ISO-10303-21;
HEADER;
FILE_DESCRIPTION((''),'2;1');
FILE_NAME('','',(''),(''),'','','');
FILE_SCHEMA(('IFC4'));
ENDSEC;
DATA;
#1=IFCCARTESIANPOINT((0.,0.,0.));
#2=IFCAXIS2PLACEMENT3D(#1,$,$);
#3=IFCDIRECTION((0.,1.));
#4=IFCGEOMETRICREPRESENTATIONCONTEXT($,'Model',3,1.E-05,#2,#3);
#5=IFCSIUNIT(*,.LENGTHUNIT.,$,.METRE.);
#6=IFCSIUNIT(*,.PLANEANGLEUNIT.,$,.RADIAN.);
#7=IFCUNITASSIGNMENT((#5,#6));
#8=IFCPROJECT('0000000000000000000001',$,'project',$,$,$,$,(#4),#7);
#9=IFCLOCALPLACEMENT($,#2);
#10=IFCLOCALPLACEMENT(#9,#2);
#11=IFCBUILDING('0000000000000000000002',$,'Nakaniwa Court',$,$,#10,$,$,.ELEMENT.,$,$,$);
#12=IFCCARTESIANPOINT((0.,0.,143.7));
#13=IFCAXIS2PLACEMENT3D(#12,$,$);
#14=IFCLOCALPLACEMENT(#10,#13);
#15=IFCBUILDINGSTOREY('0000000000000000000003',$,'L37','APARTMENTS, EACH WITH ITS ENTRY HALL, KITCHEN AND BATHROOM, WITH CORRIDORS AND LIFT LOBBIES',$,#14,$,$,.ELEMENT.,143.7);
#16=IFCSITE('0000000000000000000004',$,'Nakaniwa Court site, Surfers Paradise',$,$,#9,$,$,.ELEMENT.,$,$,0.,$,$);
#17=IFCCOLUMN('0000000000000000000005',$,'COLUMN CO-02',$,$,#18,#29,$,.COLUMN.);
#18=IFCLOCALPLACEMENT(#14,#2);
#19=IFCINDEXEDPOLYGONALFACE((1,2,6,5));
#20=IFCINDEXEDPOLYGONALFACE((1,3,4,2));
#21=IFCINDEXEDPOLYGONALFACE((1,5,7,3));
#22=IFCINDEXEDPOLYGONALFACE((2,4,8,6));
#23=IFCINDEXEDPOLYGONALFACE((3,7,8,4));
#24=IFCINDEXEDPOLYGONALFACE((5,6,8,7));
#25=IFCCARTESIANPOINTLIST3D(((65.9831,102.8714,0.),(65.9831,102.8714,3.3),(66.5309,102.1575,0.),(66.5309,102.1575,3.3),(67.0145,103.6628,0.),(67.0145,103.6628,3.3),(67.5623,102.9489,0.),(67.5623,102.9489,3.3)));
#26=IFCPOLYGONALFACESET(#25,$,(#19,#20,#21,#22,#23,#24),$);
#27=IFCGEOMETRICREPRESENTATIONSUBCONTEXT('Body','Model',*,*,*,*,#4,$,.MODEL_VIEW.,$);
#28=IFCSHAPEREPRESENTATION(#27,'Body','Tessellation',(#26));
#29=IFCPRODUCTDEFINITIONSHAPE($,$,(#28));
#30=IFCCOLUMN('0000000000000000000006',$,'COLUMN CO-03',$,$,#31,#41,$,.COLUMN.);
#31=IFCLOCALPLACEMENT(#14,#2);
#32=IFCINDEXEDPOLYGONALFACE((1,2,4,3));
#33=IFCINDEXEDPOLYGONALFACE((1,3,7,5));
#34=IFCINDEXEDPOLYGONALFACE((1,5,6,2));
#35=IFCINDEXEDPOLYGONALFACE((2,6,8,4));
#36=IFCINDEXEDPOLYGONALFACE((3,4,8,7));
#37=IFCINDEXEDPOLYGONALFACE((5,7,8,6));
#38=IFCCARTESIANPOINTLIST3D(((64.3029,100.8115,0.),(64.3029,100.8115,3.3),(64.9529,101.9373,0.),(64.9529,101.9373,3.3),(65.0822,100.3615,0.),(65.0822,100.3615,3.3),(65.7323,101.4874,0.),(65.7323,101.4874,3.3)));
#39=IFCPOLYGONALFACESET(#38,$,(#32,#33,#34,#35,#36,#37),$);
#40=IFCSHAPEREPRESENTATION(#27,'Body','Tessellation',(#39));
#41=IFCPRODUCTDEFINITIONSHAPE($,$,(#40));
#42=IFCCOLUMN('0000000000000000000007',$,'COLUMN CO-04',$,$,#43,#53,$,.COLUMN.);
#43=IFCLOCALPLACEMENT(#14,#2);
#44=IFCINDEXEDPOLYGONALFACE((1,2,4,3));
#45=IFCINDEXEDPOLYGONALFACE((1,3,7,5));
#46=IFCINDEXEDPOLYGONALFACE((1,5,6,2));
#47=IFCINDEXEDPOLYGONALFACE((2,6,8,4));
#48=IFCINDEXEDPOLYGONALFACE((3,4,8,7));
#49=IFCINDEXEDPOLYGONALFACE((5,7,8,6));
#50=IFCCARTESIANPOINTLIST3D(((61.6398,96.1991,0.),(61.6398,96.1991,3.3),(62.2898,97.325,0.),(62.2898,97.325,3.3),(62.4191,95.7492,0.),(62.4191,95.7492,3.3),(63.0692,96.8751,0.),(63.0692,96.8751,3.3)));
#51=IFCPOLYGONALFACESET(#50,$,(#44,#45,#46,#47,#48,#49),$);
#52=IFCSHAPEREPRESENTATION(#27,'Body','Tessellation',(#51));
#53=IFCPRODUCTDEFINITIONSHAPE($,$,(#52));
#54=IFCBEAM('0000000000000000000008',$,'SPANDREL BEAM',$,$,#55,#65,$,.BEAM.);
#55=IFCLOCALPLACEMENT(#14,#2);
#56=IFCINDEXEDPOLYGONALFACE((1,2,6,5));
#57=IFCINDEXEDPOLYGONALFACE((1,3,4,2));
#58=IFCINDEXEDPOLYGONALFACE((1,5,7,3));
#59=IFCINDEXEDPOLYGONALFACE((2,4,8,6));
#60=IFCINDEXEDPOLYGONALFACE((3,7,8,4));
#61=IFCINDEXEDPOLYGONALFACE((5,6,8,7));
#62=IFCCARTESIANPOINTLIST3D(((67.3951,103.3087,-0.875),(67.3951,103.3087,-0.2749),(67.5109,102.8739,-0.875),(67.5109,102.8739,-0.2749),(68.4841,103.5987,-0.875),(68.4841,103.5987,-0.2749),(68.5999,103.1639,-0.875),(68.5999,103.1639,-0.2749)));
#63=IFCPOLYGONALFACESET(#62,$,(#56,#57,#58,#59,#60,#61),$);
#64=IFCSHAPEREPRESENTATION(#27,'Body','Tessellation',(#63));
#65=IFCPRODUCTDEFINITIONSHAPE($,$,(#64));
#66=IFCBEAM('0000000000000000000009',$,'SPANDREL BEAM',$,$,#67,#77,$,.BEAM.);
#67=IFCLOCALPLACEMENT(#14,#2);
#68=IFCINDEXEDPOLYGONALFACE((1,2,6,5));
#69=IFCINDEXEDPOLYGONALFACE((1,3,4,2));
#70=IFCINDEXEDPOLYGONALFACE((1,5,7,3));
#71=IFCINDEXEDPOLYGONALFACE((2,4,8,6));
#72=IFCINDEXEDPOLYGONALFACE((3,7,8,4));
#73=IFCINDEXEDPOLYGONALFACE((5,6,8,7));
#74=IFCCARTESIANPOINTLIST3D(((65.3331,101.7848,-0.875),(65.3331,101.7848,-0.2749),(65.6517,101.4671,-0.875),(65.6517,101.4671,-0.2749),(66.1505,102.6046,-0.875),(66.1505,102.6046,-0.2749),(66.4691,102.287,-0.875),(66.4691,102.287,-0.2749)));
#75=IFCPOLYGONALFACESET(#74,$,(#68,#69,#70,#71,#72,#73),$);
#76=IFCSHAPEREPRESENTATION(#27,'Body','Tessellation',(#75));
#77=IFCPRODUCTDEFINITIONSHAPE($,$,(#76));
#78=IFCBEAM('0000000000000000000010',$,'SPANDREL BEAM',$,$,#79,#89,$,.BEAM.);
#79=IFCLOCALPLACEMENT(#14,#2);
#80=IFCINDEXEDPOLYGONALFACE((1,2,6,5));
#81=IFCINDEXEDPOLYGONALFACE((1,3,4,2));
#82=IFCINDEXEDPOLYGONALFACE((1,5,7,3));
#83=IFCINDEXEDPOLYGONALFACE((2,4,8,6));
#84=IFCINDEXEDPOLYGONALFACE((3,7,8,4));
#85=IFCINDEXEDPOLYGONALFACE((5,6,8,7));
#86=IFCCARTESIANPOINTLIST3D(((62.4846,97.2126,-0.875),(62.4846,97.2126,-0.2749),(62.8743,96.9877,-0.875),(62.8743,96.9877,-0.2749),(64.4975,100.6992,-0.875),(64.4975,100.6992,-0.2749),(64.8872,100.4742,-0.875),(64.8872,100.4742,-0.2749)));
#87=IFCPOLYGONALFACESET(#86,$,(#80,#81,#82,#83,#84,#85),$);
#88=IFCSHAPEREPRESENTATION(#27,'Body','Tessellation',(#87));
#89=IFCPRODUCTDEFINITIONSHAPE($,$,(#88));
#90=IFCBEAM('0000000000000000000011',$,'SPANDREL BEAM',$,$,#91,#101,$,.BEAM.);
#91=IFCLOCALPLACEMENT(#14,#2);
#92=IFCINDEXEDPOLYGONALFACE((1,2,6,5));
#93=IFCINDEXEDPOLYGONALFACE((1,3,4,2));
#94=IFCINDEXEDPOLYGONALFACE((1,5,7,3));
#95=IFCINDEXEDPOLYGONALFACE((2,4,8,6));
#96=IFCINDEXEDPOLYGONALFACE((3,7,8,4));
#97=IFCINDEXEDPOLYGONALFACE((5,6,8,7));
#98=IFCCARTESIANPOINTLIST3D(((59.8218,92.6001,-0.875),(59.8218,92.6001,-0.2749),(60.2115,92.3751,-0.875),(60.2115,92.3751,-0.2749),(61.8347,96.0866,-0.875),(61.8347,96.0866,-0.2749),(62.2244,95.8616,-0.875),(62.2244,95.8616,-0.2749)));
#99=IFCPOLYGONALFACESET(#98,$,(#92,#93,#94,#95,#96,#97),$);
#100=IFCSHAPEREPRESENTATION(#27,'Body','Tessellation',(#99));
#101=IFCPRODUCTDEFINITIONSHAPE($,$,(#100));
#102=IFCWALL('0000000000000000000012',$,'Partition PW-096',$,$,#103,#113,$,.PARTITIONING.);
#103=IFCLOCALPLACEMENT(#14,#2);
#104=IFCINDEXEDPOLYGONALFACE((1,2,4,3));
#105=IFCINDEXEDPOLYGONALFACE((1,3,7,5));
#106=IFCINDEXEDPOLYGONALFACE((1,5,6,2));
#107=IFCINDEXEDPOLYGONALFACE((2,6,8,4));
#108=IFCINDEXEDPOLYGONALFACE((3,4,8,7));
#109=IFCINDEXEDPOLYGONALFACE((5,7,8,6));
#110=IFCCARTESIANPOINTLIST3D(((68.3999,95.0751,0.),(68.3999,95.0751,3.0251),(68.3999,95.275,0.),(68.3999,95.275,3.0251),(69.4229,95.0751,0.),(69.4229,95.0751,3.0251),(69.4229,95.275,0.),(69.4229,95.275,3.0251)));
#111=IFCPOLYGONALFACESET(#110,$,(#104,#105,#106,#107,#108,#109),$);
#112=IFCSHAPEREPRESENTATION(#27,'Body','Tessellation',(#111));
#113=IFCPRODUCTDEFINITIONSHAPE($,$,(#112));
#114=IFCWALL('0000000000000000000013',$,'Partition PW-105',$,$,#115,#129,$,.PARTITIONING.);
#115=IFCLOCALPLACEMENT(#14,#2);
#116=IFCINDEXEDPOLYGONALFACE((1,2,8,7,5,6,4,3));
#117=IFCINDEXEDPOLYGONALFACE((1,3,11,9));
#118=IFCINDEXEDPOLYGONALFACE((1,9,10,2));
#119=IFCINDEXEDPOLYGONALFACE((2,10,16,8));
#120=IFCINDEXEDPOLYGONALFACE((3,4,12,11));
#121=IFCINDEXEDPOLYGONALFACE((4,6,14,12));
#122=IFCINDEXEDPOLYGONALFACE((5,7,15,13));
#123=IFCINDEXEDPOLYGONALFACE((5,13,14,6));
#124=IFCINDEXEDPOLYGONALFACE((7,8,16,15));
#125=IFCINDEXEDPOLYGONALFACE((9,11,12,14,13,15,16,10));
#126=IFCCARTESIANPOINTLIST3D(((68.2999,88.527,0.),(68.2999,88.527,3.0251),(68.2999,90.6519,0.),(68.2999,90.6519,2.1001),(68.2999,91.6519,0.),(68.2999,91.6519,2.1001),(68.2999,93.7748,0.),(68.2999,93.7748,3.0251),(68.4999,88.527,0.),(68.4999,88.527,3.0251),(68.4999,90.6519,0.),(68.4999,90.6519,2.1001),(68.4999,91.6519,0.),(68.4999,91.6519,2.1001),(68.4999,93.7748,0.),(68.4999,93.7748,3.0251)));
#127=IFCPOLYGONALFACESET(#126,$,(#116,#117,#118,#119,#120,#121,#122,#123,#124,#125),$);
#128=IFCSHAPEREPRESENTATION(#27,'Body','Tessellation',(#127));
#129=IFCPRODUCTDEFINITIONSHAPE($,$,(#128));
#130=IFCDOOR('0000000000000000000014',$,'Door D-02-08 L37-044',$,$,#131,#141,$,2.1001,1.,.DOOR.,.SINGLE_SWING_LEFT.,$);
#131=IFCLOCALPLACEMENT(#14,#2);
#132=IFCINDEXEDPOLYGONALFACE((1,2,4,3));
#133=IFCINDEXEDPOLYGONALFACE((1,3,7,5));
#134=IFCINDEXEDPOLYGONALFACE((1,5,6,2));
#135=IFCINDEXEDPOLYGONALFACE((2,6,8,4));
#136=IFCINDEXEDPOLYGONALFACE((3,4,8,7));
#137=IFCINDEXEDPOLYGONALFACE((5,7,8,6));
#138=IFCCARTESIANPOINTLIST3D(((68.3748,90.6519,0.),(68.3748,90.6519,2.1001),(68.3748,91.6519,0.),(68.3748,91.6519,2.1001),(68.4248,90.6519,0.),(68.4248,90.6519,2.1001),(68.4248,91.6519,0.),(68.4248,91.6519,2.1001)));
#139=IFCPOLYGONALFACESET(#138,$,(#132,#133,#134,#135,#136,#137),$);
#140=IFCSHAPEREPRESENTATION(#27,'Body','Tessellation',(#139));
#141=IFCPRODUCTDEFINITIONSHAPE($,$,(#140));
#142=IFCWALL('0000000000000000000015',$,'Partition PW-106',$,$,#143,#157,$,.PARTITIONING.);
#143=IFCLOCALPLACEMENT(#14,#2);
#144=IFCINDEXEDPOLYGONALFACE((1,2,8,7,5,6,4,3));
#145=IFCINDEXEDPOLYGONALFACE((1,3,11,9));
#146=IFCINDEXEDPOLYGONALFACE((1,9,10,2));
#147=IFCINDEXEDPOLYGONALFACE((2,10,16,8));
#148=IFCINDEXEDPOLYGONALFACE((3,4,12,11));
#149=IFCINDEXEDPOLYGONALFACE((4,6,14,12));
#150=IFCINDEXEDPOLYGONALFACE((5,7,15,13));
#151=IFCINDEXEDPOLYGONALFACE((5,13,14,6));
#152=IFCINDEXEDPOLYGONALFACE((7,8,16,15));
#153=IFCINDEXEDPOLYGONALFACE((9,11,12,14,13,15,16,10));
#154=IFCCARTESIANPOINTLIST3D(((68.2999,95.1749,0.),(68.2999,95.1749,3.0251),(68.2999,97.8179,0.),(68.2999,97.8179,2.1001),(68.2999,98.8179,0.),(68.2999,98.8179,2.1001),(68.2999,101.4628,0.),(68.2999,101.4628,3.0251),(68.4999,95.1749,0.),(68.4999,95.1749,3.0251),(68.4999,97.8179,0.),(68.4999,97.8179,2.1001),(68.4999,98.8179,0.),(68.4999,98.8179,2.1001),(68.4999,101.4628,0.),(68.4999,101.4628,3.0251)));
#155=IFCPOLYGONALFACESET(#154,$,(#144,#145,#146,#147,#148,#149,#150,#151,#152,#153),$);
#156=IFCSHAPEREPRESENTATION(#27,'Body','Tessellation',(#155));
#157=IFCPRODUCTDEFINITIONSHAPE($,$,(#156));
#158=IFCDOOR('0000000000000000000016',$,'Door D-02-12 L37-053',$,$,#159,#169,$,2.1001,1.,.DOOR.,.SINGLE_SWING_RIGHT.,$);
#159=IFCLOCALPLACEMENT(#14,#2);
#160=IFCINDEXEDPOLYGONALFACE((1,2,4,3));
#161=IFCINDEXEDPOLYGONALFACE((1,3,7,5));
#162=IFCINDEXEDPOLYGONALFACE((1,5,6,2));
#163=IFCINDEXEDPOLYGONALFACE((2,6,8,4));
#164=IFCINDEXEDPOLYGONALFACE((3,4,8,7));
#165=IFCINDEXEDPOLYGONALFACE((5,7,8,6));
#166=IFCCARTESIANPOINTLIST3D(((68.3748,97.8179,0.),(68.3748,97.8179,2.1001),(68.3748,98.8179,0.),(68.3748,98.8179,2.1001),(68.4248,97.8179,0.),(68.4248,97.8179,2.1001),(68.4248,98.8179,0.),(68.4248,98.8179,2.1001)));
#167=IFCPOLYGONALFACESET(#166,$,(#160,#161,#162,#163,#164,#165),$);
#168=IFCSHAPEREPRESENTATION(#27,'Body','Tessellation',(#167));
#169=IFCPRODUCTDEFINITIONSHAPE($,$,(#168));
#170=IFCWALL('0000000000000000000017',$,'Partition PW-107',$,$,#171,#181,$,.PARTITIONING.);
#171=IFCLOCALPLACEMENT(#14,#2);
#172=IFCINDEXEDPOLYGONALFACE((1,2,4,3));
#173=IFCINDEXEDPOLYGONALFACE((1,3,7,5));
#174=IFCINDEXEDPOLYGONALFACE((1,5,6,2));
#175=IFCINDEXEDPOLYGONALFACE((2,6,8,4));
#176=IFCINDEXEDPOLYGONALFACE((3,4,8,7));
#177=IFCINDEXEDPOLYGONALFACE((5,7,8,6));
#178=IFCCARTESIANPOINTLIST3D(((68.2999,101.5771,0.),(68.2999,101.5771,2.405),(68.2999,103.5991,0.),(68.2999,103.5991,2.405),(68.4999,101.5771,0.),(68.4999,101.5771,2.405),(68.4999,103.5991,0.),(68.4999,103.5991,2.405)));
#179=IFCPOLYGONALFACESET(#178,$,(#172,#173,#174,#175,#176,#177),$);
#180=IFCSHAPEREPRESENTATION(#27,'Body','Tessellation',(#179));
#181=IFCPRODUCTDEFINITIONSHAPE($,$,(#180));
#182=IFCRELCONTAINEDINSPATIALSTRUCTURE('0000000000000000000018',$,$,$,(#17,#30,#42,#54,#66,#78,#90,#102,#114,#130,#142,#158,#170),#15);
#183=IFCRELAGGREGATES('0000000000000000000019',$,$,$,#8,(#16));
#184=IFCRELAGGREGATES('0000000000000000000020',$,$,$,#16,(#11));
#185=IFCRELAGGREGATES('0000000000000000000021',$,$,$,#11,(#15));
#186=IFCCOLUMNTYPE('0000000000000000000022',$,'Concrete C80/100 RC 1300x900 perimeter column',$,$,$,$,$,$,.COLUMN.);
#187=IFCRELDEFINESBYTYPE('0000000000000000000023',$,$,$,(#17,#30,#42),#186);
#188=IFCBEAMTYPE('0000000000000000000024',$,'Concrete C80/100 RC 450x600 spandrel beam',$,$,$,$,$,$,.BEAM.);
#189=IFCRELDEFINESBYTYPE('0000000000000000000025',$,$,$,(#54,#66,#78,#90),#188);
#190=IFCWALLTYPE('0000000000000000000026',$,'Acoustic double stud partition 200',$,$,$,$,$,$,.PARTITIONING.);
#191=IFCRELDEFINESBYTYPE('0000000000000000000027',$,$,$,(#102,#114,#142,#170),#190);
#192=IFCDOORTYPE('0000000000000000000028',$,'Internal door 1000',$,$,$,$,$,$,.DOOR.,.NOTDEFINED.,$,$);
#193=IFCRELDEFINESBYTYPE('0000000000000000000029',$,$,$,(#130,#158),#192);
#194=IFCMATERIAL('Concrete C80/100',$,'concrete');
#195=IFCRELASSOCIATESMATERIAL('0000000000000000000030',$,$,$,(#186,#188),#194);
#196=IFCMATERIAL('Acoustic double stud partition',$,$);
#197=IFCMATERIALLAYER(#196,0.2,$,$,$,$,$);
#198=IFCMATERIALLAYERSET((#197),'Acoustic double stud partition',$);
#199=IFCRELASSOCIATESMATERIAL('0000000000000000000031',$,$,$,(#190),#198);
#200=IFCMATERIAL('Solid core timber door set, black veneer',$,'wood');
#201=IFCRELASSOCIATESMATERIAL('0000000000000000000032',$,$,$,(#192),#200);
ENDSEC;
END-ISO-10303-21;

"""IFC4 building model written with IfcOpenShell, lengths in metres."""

from ifc_helpers import new_model, si_unit, direction, frame, frame_2d, origin, origin_2d, place, context, subcontext, project, spatial, rectangle, extrude, material, layer, layer_set, material_profile, profile_set, type_object, element, fill, save


model = new_model("IFC4")

# Units and contexts
model_context = context("Model", 3, precision=1e-05, world=origin(), true_north=direction((0.0, 1.0)))
body_context = subcontext(model_context, "Body", "Model", "MODEL_VIEW")
ifc_project = project(units=[si_unit("LENGTHUNIT", "METRE"), si_unit("PLANEANGLEUNIT", "RADIAN")], contexts=[model_context])

# Site, building, storey
site_placement = place(None, origin())
site = spatial("IfcSite", under=ifc_project, at=site_placement, Name="Nakaniwa Court site, Surfers Paradise", CompositionType="ELEMENT", RefElevation=0.0)
building_placement = place(site_placement, origin())
building = spatial("IfcBuilding", under=site, at=building_placement, Name="Nakaniwa Court", CompositionType="ELEMENT")
storey_placement = place(building_placement, frame((0.0, 0.0, 143.7)))
storey = spatial("IfcBuildingStorey", under=building, at=storey_placement, Name="L37", Description="APARTMENTS, EACH WITH ITS ENTRY HALL, KITCHEN AND BATHROOM, WITH CORRIDORS AND LIFT LOBBIES", CompositionType="ELEMENT", Elevation=143.7)

# Columns
ifc_material_1 = material(Name="Concrete C80/100", Category="concrete")
ifc_material_profile_1 = material_profile(ifc_material_1, rectangle(XDim=1.3, YDim=0.8999, at=origin_2d()), Name="Concrete C80/100 RC 1300x900 perimeter column")
ifc_profile_set_1 = profile_set([ifc_material_profile_1], Name="Concrete C80/100")
column_type = type_object("IfcColumnType", Name="Concrete C80/100 RC 1300x900 perimeter column", PredefinedType="COLUMN", material=ifc_profile_set_1)
for number, where, z_axis, x_axis, name in (
    (1, (66.7727, 102.9102, 0.0), (0.0, 0.0, 1.0), (-0.793364, -0.608748, 0.0), "COLUMN CO-02"),
    (2, (65.0176, 101.1494, 0.0), (0.0, 0.0, 1.0), (-0.5, -0.866025, 0.0), "COLUMN CO-03"),
    (3, (62.3545, 96.5371, 0.0), (0.0, 0.0, 1.0), (-0.5, -0.866025, 0.0), "COLUMN CO-04"),
):
    element("IfcColumn", number, at=place(storey_placement, frame(where, z_axis=z_axis, x_axis=x_axis)), inside=storey, type_object=column_type, Name=name, PredefinedType="COLUMN", context=body_context, shape_type="SweptSolid", body=[
        extrude(rectangle(XDim=1.3, YDim=0.8999, at=origin_2d()), origin(), (0.0, 0.0, 1.0), 3.3),
    ])

# Beams
ifc_material_profile_2 = material_profile(ifc_material_1, rectangle(XDim=0.45, YDim=0.6001, at=origin_2d()), Name="Concrete C80/100 RC 450x600 spandrel beam")
ifc_profile_set_2 = profile_set([ifc_material_profile_2], Name="Concrete C80/100")
beam_type = type_object("IfcBeamType", Name="Concrete C80/100 RC 450x600 spandrel beam", PredefinedType="BEAM", material=ifc_profile_set_2)
beam_1_placement = place(storey_placement, frame((68.542, 103.3813, -0.575), z_axis=(-0.966321, -0.257339, 0.0), x_axis=(0.257339, -0.966321, 0.0)))
element("IfcBeam", 4, at=beam_1_placement, inside=storey, type_object=beam_type, Name="SPANDREL BEAM", PredefinedType="BEAM", context=body_context, shape_type="SweptSolid", body=[
    extrude(rectangle(XDim=0.45, YDim=0.6001, at=origin_2d()), origin(), (0.0, 0.0, 1.0), 1.127),
])
beam_2_placement = place(storey_placement, frame((66.3098, 102.4458, -0.575), z_axis=(-0.706052, -0.70816, 0.0), x_axis=(0.70816, -0.706052, 0.0)))
element("IfcBeam", 5, at=beam_2_placement, inside=storey, type_object=beam_type, Name="SPANDREL BEAM", PredefinedType="BEAM", context=body_context, shape_type="SweptSolid", body=[
    extrude(rectangle(XDim=0.45, YDim=0.6001, at=origin_2d()), origin(), (0.0, 0.0, 1.0), 1.1577),
])
for number, where, z_axis, x_axis, name in (
    (6, (64.6924, 100.5867, -0.575), (-0.499994, -0.866029, 0.0), (0.866029, -0.499994, 0.0), "SPANDREL BEAM"),
    (7, (62.0295, 95.9741, -0.575), (-0.499994, -0.866029, 0.0), (0.866029, -0.499994, 0.0), "SPANDREL BEAM"),
):
    element("IfcBeam", number, at=place(storey_placement, frame(where, z_axis=z_axis, x_axis=x_axis)), inside=storey, type_object=beam_type, Name=name, PredefinedType="BEAM", context=body_context, shape_type="SweptSolid", body=[
        extrude(rectangle(XDim=0.45, YDim=0.6001, at=origin_2d()), origin(), (0.0, 0.0, 1.0), 4.0259),
    ])

# Wall
ifc_material_2 = material(Name="Acoustic double stud partition")
ifc_layer_1 = layer(ifc_material_2, 0.2)
ifc_layer_set_1 = layer_set([ifc_layer_1], Name="Acoustic double stud partition")
wall_type_1 = type_object("IfcWallType", Name="Acoustic double stud partition 200", PredefinedType="PARTITIONING", material=ifc_layer_set_1)
wall_1_placement = place(storey_placement, frame((68.3999, 95.175, 0.0), z_axis=(0.0, 0.0, 1.0), x_axis=(1.0, 0.0, 0.0)))
element("IfcWall", 8, at=wall_1_placement, inside=storey, type_object=wall_type_1, Name="Partition PW-096", PredefinedType="PARTITIONING", context=body_context, shape_type="SweptSolid", body=[
    extrude(rectangle(XDim=1.0229, YDim=0.2, at=frame_2d((0.5115, 0.0))), origin(), (0.0, 0.0, 1.0), 3.0251),
])

# Walls, openings, doors
wall_2_placement = place(storey_placement, frame((68.3999, 93.7749, 0.0), z_axis=(0.0, 0.0, 1.0), x_axis=(0.0, -1.0, 0.0)))
wall_2 = element("IfcWall", 9, at=wall_2_placement, inside=storey, type_object=wall_type_1, Name="Partition PW-105", PredefinedType="PARTITIONING", context=body_context, shape_type="SweptSolid", body=[
    extrude(rectangle(XDim=5.2478, YDim=0.2, at=frame_2d((2.624, 0.0))), origin(), (0.0, 0.0, 1.0), 3.0251),
])
opening_1_placement = place(wall_2_placement, frame((2.123, 0.0, 0.0)))
opening_1 = element("IfcOpeningElement", 10, at=opening_1_placement, cuts=wall_2, PredefinedType="OPENING", context=body_context, shape_type="SweptSolid", body=[
    extrude(rectangle(XDim=1.0, YDim=2.1001, at=frame_2d((0.5, 1.05))), frame((0.0, 0.1099, 0.0), z_axis=(0.0, -1.0, 0.0), x_axis=(1.0, 0.0, 0.0)), (0.0, 0.0, 1.0), 0.22),
])
ifc_material_3 = material(Name="Solid core timber door set, black veneer", Category="wood")
door_type_1 = type_object("IfcDoorType", Name="Internal door 1000", OperationType="NOTDEFINED", PredefinedType="DOOR", material=ifc_material_3)
door_1_placement = place(opening_1_placement, origin())
door_1 = element("IfcDoor", 11, at=door_1_placement, inside=storey, type_object=door_type_1, Name="Door D-02-08 L37-044", OperationType="SINGLE_SWING_LEFT", OverallHeight=2.1001, OverallWidth=1.0, PredefinedType="DOOR", context=body_context, shape_type="SweptSolid", body=[
    extrude(rectangle(XDim=1.0, YDim=2.1001, at=frame_2d((0.5, 1.05))), frame((0.0, 0.0249, 0.0), z_axis=(0.0, -1.0, 0.0), x_axis=(1.0, 0.0, 0.0)), (0.0, 0.0, 1.0), 0.05),
])
fill(opening_1, door_1)
wall_3_placement = place(storey_placement, frame((68.3999, 101.4629, 0.0), z_axis=(0.0, 0.0, 1.0), x_axis=(0.0, -1.0, 0.0)))
wall_3 = element("IfcWall", 12, at=wall_3_placement, inside=storey, type_object=wall_type_1, Name="Partition PW-106", PredefinedType="PARTITIONING", context=body_context, shape_type="SweptSolid", body=[
    extrude(rectangle(XDim=6.2878, YDim=0.2, at=frame_2d((3.144, 0.0))), origin(), (0.0, 0.0, 1.0), 3.0251),
])
opening_2_placement = place(wall_3_placement, frame((2.645, 0.0, 0.0)))
opening_2 = element("IfcOpeningElement", 13, at=opening_2_placement, cuts=wall_3, PredefinedType="OPENING", context=body_context, shape_type="SweptSolid", body=[
    extrude(rectangle(XDim=1.0, YDim=2.1001, at=frame_2d((0.5, 1.05))), frame((0.0, 0.1099, 0.0), z_axis=(0.0, -1.0, 0.0), x_axis=(1.0, 0.0, 0.0)), (0.0, 0.0, 1.0), 0.22),
])
door_2_placement = place(opening_2_placement, origin())
door_2 = element("IfcDoor", 14, at=door_2_placement, inside=storey, type_object=door_type_1, Name="Door D-02-12 L37-053", OperationType="SINGLE_SWING_RIGHT", OverallHeight=2.1001, OverallWidth=1.0, PredefinedType="DOOR", context=body_context, shape_type="SweptSolid", body=[
    extrude(rectangle(XDim=1.0, YDim=2.1001, at=frame_2d((0.5, 1.05))), frame((0.0, 0.0249, 0.0), z_axis=(0.0, -1.0, 0.0), x_axis=(1.0, 0.0, 0.0)), (0.0, 0.0, 1.0), 0.05),
])
fill(opening_2, door_2)

# Wall
wall_4_placement = place(storey_placement, frame((68.3999, 101.5771, 0.0), z_axis=(0.0, 0.0, 1.0), x_axis=(0.0, 1.0, 0.0)))
element("IfcWall", 15, at=wall_4_placement, inside=storey, type_object=wall_type_1, Name="Partition PW-107", PredefinedType="PARTITIONING", context=body_context, shape_type="SweptSolid", body=[
    extrude(rectangle(XDim=2.022, YDim=0.2, at=frame_2d((1.011, 0.0))), origin(), (0.0, 0.0, 1.0), 2.405),
])

save(model, "model.ifc")
